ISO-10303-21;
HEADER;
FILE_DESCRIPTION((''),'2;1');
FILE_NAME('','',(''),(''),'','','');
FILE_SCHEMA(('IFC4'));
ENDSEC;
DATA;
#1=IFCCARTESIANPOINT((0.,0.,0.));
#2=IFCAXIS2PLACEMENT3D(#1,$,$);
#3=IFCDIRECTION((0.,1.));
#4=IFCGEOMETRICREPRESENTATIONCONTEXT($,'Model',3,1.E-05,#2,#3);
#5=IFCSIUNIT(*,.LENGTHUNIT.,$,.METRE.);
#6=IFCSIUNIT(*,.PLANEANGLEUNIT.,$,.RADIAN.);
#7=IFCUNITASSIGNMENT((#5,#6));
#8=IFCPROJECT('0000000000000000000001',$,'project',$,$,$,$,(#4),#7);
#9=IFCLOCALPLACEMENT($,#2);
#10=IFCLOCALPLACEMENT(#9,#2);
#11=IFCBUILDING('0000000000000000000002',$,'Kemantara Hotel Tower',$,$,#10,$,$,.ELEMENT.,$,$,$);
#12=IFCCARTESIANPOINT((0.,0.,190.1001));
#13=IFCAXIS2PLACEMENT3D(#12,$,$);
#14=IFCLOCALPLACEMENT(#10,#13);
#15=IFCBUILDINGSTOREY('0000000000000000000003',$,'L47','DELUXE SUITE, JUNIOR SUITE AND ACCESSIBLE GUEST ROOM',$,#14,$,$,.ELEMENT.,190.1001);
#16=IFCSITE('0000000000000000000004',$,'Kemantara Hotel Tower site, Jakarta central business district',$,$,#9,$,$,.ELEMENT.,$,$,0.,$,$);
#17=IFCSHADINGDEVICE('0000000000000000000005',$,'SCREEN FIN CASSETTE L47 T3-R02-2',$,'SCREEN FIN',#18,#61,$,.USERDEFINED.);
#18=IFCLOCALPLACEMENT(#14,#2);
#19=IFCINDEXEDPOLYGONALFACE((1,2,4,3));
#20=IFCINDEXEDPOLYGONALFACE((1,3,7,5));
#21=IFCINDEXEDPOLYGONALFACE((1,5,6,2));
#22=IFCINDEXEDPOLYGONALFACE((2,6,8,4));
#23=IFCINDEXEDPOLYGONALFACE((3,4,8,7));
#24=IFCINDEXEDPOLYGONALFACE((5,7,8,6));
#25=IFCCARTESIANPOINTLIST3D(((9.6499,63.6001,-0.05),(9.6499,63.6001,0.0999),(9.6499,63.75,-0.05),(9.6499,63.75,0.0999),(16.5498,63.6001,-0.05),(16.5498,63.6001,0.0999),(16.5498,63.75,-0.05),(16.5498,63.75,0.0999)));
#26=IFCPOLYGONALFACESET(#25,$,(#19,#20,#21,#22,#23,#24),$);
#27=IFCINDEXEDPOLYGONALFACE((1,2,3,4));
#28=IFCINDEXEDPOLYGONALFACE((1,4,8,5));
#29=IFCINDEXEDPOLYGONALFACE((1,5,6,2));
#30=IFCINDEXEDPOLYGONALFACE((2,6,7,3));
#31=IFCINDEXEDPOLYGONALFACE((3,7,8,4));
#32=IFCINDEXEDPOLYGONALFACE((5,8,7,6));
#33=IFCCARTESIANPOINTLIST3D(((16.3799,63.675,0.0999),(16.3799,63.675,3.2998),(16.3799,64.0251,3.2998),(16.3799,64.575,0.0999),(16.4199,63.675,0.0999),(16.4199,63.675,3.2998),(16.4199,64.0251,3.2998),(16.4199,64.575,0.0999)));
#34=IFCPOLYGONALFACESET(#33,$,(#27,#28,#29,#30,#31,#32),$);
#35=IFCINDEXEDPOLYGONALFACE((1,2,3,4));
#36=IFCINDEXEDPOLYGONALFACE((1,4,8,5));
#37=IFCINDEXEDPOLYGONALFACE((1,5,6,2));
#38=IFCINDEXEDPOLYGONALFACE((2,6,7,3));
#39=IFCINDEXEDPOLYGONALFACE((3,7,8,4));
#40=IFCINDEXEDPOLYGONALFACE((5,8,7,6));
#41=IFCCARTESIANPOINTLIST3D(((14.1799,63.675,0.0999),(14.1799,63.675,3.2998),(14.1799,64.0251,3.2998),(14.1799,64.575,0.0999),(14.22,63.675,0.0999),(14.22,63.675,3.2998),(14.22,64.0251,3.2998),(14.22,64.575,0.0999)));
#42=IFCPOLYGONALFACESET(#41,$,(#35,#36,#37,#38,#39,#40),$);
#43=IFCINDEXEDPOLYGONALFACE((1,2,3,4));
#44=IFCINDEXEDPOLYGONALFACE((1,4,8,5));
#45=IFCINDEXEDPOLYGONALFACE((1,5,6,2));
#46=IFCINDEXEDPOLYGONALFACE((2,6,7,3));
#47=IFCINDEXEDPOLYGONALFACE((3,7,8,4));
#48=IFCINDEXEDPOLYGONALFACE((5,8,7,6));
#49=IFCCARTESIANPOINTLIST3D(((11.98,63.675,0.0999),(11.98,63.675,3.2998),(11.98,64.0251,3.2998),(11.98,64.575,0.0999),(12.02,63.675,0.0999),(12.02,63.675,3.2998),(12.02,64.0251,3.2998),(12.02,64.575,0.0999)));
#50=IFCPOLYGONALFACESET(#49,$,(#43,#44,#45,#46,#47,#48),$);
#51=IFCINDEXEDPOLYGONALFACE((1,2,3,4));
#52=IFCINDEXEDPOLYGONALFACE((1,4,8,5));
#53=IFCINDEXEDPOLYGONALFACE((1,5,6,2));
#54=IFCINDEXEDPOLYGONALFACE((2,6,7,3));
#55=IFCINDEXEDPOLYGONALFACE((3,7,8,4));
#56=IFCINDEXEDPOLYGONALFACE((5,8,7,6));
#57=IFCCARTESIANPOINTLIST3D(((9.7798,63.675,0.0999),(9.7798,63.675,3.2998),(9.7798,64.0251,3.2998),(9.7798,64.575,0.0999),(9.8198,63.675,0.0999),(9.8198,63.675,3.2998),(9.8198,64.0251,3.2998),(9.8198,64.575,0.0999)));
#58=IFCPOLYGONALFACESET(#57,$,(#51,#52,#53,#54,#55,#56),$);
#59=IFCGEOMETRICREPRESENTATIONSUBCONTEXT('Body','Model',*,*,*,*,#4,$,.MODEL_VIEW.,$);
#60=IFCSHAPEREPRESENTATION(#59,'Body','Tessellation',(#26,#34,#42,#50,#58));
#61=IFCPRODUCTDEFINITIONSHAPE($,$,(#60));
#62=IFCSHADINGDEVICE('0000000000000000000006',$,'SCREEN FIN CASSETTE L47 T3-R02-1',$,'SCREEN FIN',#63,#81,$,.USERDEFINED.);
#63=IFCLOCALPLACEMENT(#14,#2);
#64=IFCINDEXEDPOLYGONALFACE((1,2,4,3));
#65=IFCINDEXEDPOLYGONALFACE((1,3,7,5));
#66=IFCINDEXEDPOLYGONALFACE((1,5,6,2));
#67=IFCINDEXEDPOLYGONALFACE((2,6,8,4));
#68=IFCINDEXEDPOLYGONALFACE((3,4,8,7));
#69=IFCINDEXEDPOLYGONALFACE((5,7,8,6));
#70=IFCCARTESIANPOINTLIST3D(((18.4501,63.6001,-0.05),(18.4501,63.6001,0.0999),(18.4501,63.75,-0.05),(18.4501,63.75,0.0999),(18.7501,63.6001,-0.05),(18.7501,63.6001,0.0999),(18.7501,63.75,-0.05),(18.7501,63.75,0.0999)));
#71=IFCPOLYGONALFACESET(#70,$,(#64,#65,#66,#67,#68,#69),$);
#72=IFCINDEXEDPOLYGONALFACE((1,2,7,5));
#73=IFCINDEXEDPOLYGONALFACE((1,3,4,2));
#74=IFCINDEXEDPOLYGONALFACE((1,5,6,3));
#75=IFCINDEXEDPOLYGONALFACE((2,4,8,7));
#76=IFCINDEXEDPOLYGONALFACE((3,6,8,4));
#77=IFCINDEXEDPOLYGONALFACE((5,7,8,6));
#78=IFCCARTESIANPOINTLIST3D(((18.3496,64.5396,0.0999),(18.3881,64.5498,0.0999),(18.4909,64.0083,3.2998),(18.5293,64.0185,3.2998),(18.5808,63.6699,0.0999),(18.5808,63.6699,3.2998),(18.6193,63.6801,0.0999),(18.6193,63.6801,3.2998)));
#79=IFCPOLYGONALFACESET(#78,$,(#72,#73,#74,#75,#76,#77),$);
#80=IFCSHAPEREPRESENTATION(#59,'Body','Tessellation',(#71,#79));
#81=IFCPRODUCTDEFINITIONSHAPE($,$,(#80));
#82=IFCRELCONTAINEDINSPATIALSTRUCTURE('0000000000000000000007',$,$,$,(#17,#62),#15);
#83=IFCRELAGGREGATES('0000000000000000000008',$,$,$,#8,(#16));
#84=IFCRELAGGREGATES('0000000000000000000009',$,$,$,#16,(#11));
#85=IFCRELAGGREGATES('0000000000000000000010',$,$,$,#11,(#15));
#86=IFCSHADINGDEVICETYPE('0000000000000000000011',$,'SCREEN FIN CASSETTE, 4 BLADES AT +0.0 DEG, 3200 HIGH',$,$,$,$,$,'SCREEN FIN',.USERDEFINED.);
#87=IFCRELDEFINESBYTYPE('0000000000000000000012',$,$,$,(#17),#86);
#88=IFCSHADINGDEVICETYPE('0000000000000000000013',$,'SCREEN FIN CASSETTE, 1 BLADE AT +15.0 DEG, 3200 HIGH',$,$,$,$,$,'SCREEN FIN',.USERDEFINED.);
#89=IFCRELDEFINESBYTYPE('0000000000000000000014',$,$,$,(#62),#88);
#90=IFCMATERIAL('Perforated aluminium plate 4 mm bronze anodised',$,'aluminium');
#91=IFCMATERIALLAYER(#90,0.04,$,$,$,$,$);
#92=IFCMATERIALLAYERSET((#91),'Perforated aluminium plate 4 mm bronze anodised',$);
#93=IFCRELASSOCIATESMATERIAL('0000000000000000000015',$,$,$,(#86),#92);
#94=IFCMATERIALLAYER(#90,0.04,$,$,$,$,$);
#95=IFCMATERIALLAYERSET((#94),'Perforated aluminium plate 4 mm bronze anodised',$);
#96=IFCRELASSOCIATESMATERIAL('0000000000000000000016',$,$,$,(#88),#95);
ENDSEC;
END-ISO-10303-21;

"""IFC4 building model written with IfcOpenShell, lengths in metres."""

from ifc_helpers import new_model, si_unit, direction, frame, origin, origin_2d, place, context, subcontext, project, spatial, polyline, rectangle, outline, extrude, source, transform, mapped, material, layer, layer_set, type_object, element, save


model = new_model("IFC4")

# Units and contexts
model_context = context("Model", 3, precision=1e-05, world=origin(), true_north=direction((0.0, 1.0)))
body_context = subcontext(model_context, "Body", "Model", "MODEL_VIEW")
ifc_project = project(units=[si_unit("LENGTHUNIT", "METRE"), si_unit("PLANEANGLEUNIT", "RADIAN")], contexts=[model_context])

# Site, building, storey
site_placement = place(None, origin())
site = spatial("IfcSite", under=ifc_project, at=site_placement, Name="Kemantara Hotel Tower site, Jakarta central business district", CompositionType="ELEMENT", RefElevation=0.0)
building_placement = place(site_placement, origin())
building = spatial("IfcBuilding", under=site, at=building_placement, Name="Kemantara Hotel Tower", CompositionType="ELEMENT")
storey_placement = place(building_placement, frame((0.0, 0.0, 190.1001)))
storey = spatial("IfcBuildingStorey", under=building, at=storey_placement, Name="L47", Description="DELUXE SUITE, JUNIOR SUITE AND ACCESSIBLE GUEST ROOM", CompositionType="ELEMENT", Elevation=190.1001)

# Shading devices
ifc_material_1 = material(Name="Perforated aluminium plate 4 mm bronze anodised", Category="aluminium")
ifc_layer_1 = layer(ifc_material_1, 0.04)
ifc_layer_set_1 = layer_set([ifc_layer_1], Name="Perforated aluminium plate 4 mm bronze anodised")
shading_device_type_1 = type_object("IfcShadingDeviceType", Name="SCREEN FIN CASSETTE, 4 BLADES AT +0.0 DEG, 3200 HIGH", ElementType="SCREEN FIN", PredefinedType="USERDEFINED", material=ifc_layer_set_1)
shared_shape_1 = source(origin(), body_context, "Body", "SweptSolid", [
    extrude(rectangle(XDim=6.8999, YDim=0.1499, at=origin_2d()), frame((3.3, -0.075, -0.1499), z_axis=(0.0, 0.0, 1.0), x_axis=(1.0, 0.0, 0.0)), (0.0, 0.0, 1.0), 0.1499),
    extrude(outline(polyline([(0.0, 0.0), (0.8999, 0.0), (0.3501, 3.2), (0.0, 3.2), (0.0, 0.0)])), frame((0.02, -0.075, 0.0), z_axis=(-1.0, 0.0, 0.0), x_axis=(0.0, -1.0, 0.0)), (0.0, 0.0, 1.0), 0.04),
    extrude(outline(polyline([(0.0, 0.0), (0.8999, 0.0), (0.3501, 3.2), (0.0, 3.2), (0.0, 0.0)])), frame((2.22, -0.075, 0.0), z_axis=(-1.0, 0.0, 0.0), x_axis=(0.0, -1.0, 0.0)), (0.0, 0.0, 1.0), 0.04),
    extrude(outline(polyline([(0.0, 0.0), (0.8999, 0.0), (0.3501, 3.2), (0.0, 3.2), (0.0, 0.0)])), frame((4.4199, -0.075, 0.0), z_axis=(-1.0, 0.0, 0.0), x_axis=(0.0, -1.0, 0.0)), (0.0, 0.0, 1.0), 0.04),
    extrude(outline(polyline([(0.0, 0.0), (0.8999, 0.0), (0.3501, 3.2), (0.0, 3.2), (0.0, 0.0)])), frame((6.6201, -0.075, 0.0), z_axis=(-1.0, 0.0, 0.0), x_axis=(0.0, -1.0, 0.0)), (0.0, 0.0, 1.0), 0.04),
])
shading_device_1_placement = place(storey_placement, frame((16.3999, 63.6001, 0.0999), z_axis=(0.0, 0.0, 1.0), x_axis=(-1.0, 0.0, 0.0)))
element("IfcShadingDevice", 1, at=shading_device_1_placement, inside=storey, type_object=shading_device_type_1, Name="SCREEN FIN CASSETTE L47 T3-R02-2", ObjectType="SCREEN FIN", PredefinedType="USERDEFINED", context=body_context, shape_type="MappedRepresentation", body=[
    mapped(shared_shape_1, transform((0.0, 0.0, 0.0))),
])
ifc_layer_2 = layer(ifc_material_1, 0.04)
ifc_layer_set_2 = layer_set([ifc_layer_2], Name="Perforated aluminium plate 4 mm bronze anodised")
shading_device_type_2 = type_object("IfcShadingDeviceType", Name="SCREEN FIN CASSETTE, 1 BLADE AT +15.0 DEG, 3200 HIGH", ElementType="SCREEN FIN", PredefinedType="USERDEFINED", material=ifc_layer_set_2)
shared_shape_2 = source(origin(), body_context, "Body", "SweptSolid", [
    extrude(rectangle(XDim=0.3, YDim=0.1499, at=origin_2d()), frame((0.0, -0.075, -0.1499), z_axis=(0.0, 0.0, 1.0), x_axis=(1.0, 0.0, 0.0)), (0.0, 0.0, 1.0), 0.1499),
    extrude(outline(polyline([(0.0, 0.0), (0.8999, 0.0), (0.3501, 3.2), (0.0, 3.2), (0.0, 0.0)])), frame((0.0193, -0.0698, 0.0), z_axis=(-0.966438, -0.256901, 0.0), x_axis=(0.256901, -0.966438, 0.0)), (0.0, 0.0, 1.0), 0.0398),
])
shading_device_2_placement = place(storey_placement, frame((18.6001, 63.6001, 0.0999), z_axis=(0.0, 0.0, 1.0), x_axis=(-1.0, 0.0, 0.0)))
element("IfcShadingDevice", 2, at=shading_device_2_placement, inside=storey, type_object=shading_device_type_2, Name="SCREEN FIN CASSETTE L47 T3-R02-1", ObjectType="SCREEN FIN", PredefinedType="USERDEFINED", context=body_context, shape_type="MappedRepresentation", body=[
    mapped(shared_shape_2, transform((0.0, 0.0, 0.0))),
])

save(model, "model.ifc")
